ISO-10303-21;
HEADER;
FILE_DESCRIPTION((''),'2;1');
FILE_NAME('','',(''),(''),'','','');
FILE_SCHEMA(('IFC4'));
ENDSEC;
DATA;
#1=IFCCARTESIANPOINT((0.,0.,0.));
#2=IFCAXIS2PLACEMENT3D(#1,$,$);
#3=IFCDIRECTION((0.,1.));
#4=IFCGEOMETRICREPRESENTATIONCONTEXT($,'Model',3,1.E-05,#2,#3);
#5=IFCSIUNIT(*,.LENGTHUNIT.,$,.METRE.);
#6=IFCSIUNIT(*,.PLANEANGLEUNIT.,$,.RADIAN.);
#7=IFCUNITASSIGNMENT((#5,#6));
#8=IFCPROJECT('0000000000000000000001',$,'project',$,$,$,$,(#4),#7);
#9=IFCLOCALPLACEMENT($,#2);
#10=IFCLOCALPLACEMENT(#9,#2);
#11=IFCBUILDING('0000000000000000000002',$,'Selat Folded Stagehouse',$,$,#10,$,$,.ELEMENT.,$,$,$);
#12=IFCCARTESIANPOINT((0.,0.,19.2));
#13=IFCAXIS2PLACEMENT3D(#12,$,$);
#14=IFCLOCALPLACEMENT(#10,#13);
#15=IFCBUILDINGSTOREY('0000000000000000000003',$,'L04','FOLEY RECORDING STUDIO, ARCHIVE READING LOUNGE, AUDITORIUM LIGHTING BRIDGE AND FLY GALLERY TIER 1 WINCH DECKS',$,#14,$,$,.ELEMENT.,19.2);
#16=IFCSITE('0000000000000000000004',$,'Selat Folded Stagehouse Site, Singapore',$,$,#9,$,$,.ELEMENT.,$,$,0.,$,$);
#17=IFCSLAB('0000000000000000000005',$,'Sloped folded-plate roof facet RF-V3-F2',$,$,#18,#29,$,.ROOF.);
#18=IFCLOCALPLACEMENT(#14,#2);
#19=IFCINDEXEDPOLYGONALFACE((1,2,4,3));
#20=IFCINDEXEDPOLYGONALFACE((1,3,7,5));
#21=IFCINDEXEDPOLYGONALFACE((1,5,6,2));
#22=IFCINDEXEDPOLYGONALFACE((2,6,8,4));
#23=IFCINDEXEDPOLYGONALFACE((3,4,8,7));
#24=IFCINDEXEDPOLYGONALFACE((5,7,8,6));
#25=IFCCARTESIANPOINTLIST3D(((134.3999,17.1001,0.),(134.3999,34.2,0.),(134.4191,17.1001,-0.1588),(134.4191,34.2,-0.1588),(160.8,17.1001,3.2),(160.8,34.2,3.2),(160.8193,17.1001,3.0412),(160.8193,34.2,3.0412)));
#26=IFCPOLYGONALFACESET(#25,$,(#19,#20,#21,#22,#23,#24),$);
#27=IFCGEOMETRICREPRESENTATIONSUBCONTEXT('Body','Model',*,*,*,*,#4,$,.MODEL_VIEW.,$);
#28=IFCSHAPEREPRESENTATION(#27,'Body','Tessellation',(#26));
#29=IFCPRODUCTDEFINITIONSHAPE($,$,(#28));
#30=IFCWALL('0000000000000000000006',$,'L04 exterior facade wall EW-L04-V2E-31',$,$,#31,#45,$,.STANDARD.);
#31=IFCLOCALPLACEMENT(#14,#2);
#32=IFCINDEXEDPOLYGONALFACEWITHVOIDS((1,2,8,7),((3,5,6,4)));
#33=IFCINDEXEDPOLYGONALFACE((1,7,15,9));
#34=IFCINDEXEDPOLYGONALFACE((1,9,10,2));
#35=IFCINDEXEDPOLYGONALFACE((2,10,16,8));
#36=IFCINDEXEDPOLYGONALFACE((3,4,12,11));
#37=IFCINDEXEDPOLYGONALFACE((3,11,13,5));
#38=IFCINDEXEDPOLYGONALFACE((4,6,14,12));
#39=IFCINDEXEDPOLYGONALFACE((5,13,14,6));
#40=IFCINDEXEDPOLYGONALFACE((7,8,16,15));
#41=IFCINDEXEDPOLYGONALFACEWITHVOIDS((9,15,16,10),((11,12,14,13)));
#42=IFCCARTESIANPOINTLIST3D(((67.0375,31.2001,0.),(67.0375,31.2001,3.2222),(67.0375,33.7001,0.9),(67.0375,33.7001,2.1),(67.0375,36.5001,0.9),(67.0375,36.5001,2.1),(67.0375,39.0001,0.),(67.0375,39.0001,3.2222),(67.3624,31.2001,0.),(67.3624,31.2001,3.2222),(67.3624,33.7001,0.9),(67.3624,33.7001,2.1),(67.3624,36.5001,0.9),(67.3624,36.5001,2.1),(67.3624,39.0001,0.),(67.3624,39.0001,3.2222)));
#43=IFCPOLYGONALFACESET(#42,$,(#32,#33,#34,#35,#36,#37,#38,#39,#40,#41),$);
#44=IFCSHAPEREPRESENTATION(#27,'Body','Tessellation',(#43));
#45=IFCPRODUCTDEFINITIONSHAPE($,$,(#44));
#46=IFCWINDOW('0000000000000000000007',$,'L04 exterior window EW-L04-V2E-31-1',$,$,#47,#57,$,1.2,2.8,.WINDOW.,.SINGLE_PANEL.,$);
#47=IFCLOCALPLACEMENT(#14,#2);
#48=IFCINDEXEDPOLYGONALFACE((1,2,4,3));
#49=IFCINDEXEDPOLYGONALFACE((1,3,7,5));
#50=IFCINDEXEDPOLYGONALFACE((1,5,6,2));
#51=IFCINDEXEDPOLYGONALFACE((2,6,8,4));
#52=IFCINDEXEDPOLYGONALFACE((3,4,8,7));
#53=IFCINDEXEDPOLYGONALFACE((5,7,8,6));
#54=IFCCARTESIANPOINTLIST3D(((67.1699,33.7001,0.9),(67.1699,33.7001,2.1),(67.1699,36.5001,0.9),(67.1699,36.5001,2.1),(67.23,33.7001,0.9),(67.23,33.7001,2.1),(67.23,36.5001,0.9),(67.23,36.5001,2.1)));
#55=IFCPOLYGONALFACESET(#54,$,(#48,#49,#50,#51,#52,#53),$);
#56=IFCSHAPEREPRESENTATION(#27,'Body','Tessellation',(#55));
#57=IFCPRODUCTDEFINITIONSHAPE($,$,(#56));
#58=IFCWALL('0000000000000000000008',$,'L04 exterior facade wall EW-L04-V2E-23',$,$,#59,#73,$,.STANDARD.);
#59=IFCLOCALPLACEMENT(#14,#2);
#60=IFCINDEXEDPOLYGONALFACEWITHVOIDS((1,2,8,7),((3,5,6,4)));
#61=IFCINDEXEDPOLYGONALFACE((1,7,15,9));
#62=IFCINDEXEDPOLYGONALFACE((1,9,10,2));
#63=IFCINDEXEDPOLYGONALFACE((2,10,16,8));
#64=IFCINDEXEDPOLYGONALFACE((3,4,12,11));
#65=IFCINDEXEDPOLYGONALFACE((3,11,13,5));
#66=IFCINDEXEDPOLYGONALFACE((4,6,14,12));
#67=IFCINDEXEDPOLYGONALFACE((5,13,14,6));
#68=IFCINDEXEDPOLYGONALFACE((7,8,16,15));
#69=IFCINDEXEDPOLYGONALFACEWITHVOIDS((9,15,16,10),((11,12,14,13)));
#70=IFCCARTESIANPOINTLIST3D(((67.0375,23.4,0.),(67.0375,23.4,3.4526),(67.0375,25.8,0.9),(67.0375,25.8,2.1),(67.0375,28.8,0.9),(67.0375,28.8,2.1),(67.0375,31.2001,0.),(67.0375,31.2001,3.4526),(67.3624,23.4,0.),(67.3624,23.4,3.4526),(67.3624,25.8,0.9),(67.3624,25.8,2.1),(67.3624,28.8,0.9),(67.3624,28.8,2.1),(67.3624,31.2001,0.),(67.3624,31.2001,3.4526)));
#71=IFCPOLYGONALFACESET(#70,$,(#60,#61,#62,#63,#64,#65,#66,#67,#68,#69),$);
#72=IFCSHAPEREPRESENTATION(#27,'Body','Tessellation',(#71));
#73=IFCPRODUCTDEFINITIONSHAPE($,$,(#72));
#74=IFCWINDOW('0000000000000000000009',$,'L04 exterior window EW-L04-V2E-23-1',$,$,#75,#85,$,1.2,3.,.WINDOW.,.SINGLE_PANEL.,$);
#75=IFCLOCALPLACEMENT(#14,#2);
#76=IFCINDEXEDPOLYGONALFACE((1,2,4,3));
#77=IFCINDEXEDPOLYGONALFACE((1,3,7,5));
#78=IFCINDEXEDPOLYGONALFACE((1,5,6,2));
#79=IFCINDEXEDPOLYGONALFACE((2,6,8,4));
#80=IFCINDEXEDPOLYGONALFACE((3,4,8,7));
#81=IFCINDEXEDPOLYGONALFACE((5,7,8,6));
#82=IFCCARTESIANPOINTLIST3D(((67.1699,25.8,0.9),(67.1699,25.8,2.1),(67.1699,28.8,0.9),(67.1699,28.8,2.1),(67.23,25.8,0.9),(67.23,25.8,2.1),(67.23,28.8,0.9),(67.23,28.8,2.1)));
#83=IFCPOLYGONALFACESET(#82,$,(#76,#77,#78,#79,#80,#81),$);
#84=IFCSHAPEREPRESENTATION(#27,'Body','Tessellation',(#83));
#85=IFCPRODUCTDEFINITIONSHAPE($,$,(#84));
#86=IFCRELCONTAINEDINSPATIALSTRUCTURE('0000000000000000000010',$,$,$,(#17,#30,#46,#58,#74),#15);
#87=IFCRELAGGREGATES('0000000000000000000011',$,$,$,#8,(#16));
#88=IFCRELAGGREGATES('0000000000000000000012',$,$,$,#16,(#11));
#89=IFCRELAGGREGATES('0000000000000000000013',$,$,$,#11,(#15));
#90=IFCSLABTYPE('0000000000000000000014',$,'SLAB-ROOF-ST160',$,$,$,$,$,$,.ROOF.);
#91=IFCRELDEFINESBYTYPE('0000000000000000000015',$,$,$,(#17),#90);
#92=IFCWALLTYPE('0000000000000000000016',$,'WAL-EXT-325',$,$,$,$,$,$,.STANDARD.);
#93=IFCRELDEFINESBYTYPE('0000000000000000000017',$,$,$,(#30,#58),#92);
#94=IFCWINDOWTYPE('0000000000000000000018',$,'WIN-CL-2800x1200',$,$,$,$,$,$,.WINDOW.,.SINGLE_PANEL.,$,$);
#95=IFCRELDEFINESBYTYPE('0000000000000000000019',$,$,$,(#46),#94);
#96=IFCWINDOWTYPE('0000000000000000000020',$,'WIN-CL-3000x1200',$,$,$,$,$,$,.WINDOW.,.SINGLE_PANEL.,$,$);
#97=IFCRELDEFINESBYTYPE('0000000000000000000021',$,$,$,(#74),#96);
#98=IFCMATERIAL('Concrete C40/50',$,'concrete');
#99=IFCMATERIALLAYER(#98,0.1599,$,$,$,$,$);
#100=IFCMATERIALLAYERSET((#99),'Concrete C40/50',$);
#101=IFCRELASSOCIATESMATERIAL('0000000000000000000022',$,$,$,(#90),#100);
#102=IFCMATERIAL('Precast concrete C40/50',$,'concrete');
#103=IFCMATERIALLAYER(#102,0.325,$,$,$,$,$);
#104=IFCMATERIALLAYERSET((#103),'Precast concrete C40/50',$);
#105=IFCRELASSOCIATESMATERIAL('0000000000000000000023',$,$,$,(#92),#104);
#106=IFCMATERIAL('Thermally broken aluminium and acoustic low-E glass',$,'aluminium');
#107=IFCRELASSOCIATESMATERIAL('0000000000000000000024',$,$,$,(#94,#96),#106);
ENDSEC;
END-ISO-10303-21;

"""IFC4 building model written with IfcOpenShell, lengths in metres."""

from ifc_helpers import new_model, si_unit, direction, frame, frame_2d, origin, place, context, subcontext, project, spatial, polyline, rectangle, outline, extrude, material, layer, layer_set, type_object, element, fill, save


model = new_model("IFC4")

# Units and contexts
model_context = context("Model", 3, precision=1e-05, world=origin(), true_north=direction((0.0, 1.0)))
body_context = subcontext(model_context, "Body", "Model", "MODEL_VIEW")
ifc_project = project(units=[si_unit("LENGTHUNIT", "METRE"), si_unit("PLANEANGLEUNIT", "RADIAN")], contexts=[model_context])

# Site, building, storey
site_placement = place(None, origin())
site = spatial("IfcSite", under=ifc_project, at=site_placement, Name="Selat Folded Stagehouse Site, Singapore", CompositionType="ELEMENT", RefElevation=0.0)
building_placement = place(site_placement, origin())
building = spatial("IfcBuilding", under=site, at=building_placement, Name="Selat Folded Stagehouse", CompositionType="ELEMENT")
storey_placement = place(building_placement, frame((0.0, 0.0, 19.2)))
storey = spatial("IfcBuildingStorey", under=building, at=storey_placement, Name="L04", Description="FOLEY RECORDING STUDIO, ARCHIVE READING LOUNGE, AUDITORIUM LIGHTING BRIDGE AND FLY GALLERY TIER 1 WINCH DECKS", CompositionType="ELEMENT", Elevation=19.2)

# Slab
ifc_material_1 = material(Name="Concrete C40/50", Category="concrete")
ifc_layer_1 = layer(ifc_material_1, 0.1599)
ifc_layer_set_1 = layer_set([ifc_layer_1], Name="Concrete C40/50")
slab_type = type_object("IfcSlabType", Name="SLAB-ROOF-ST160", PredefinedType="ROOF", material=ifc_layer_set_1)
slab_1_placement = place(storey_placement, frame((134.3999, 17.1001, 0.0), z_axis=(-0.120329, 0.0, 0.992734), x_axis=(0.992734, 0.0, 0.120329)))
element("IfcSlab", 1, at=slab_1_placement, inside=storey, type_object=slab_type, Name="Sloped folded-plate roof facet RF-V3-F2", PredefinedType="ROOF", context=body_context, shape_type="SweptSolid", body=[
    extrude(outline(polyline([(0.0, 0.0), (26.5934, 0.0), (26.5934, 17.0999), (0.0, 17.0999), (0.0, 0.0)])), origin(), (0.0, 0.0, -1.0), 0.1599),
])

# Walls, openings, windows
ifc_material_2 = material(Name="Precast concrete C40/50", Category="concrete")
ifc_layer_2 = layer(ifc_material_2, 0.325)
ifc_layer_set_2 = layer_set([ifc_layer_2], Name="Precast concrete C40/50")
wall_type = type_object("IfcWallType", Name="WAL-EXT-325", PredefinedType="STANDARD", material=ifc_layer_set_2)
wall_1_placement = place(storey_placement, frame((67.2, 39.0, 0.0), z_axis=(0.0, 0.0, 1.0), x_axis=(0.0, -1.0, 0.0)))
wall_1 = element("IfcWall", 2, at=wall_1_placement, inside=storey, type_object=wall_type, Name="L04 exterior facade wall EW-L04-V2E-31", PredefinedType="STANDARD", context=body_context, shape_type="SweptSolid", body=[
    extrude(rectangle(XDim=7.8, YDim=0.325, at=frame_2d((3.8999, 0.0))), origin(), (0.0, 0.0, 1.0), 3.2222),
])
opening_1_placement = place(wall_1_placement, frame((2.5, 0.0, 0.8999)))
opening_1 = element("IfcOpeningElement", 3, at=opening_1_placement, cuts=wall_1, PredefinedType="OPENING", context=body_context, shape_type="SweptSolid", body=[
    extrude(rectangle(XDim=2.8, YDim=1.2, at=frame_2d((1.3999, 0.6001))), frame((0.0, 0.1724, 0.0), z_axis=(0.0, -1.0, 0.0), x_axis=(1.0, 0.0, 0.0)), (0.0, 0.0, 1.0), 0.345),
])
ifc_material_3 = material(Name="Thermally broken aluminium and acoustic low-E glass", Category="aluminium")
window_type_1 = type_object("IfcWindowType", Name="WIN-CL-2800x1200", PartitioningType="SINGLE_PANEL", PredefinedType="WINDOW", material=ifc_material_3)
window_1_placement = place(opening_1_placement, origin())
window_1 = element("IfcWindow", 4, at=window_1_placement, inside=storey, type_object=window_type_1, Name="L04 exterior window EW-L04-V2E-31-1", OverallHeight=1.2, OverallWidth=2.8, PartitioningType="SINGLE_PANEL", PredefinedType="WINDOW", context=body_context, shape_type="SweptSolid", body=[
    extrude(rectangle(XDim=2.8, YDim=1.2, at=frame_2d((1.3999, 0.6001))), frame((0.0, 0.03, 0.0), z_axis=(0.0, -1.0, 0.0), x_axis=(1.0, 0.0, 0.0)), (0.0, 0.0, 1.0), 0.0601),
])
fill(opening_1, window_1)
wall_2_placement = place(storey_placement, frame((67.2, 31.2, 0.0), z_axis=(0.0, 0.0, 1.0), x_axis=(0.0, -1.0, 0.0)))
wall_2 = element("IfcWall", 5, at=wall_2_placement, inside=storey, type_object=wall_type, Name="L04 exterior facade wall EW-L04-V2E-23", PredefinedType="STANDARD", context=body_context, shape_type="SweptSolid", body=[
    extrude(rectangle(XDim=7.8, YDim=0.325, at=frame_2d((3.8999, 0.0))), origin(), (0.0, 0.0, 1.0), 3.4526),
])
opening_2_placement = place(wall_2_placement, frame((2.3999, 0.0, 0.8999)))
opening_2 = element("IfcOpeningElement", 6, at=opening_2_placement, cuts=wall_2, PredefinedType="OPENING", context=body_context, shape_type="SweptSolid", body=[
    extrude(rectangle(XDim=3.0, YDim=1.2, at=frame_2d((1.5, 0.6001))), frame((0.0, 0.1724, 0.0), z_axis=(0.0, -1.0, 0.0), x_axis=(1.0, 0.0, 0.0)), (0.0, 0.0, 1.0), 0.345),
])
window_type_2 = type_object("IfcWindowType", Name="WIN-CL-3000x1200", PartitioningType="SINGLE_PANEL", PredefinedType="WINDOW", material=ifc_material_3)
window_2_placement = place(opening_2_placement, origin())
window_2 = element("IfcWindow", 7, at=window_2_placement, inside=storey, type_object=window_type_2, Name="L04 exterior window EW-L04-V2E-23-1", OverallHeight=1.2, OverallWidth=3.0, PartitioningType="SINGLE_PANEL", PredefinedType="WINDOW", context=body_context, shape_type="SweptSolid", body=[
    extrude(rectangle(XDim=3.0, YDim=1.2, at=frame_2d((1.5, 0.6001))), frame((0.0, 0.03, 0.0), z_axis=(0.0, -1.0, 0.0), x_axis=(1.0, 0.0, 0.0)), (0.0, 0.0, 1.0), 0.0601),
])
fill(opening_2, window_2)

save(model, "model.ifc")
